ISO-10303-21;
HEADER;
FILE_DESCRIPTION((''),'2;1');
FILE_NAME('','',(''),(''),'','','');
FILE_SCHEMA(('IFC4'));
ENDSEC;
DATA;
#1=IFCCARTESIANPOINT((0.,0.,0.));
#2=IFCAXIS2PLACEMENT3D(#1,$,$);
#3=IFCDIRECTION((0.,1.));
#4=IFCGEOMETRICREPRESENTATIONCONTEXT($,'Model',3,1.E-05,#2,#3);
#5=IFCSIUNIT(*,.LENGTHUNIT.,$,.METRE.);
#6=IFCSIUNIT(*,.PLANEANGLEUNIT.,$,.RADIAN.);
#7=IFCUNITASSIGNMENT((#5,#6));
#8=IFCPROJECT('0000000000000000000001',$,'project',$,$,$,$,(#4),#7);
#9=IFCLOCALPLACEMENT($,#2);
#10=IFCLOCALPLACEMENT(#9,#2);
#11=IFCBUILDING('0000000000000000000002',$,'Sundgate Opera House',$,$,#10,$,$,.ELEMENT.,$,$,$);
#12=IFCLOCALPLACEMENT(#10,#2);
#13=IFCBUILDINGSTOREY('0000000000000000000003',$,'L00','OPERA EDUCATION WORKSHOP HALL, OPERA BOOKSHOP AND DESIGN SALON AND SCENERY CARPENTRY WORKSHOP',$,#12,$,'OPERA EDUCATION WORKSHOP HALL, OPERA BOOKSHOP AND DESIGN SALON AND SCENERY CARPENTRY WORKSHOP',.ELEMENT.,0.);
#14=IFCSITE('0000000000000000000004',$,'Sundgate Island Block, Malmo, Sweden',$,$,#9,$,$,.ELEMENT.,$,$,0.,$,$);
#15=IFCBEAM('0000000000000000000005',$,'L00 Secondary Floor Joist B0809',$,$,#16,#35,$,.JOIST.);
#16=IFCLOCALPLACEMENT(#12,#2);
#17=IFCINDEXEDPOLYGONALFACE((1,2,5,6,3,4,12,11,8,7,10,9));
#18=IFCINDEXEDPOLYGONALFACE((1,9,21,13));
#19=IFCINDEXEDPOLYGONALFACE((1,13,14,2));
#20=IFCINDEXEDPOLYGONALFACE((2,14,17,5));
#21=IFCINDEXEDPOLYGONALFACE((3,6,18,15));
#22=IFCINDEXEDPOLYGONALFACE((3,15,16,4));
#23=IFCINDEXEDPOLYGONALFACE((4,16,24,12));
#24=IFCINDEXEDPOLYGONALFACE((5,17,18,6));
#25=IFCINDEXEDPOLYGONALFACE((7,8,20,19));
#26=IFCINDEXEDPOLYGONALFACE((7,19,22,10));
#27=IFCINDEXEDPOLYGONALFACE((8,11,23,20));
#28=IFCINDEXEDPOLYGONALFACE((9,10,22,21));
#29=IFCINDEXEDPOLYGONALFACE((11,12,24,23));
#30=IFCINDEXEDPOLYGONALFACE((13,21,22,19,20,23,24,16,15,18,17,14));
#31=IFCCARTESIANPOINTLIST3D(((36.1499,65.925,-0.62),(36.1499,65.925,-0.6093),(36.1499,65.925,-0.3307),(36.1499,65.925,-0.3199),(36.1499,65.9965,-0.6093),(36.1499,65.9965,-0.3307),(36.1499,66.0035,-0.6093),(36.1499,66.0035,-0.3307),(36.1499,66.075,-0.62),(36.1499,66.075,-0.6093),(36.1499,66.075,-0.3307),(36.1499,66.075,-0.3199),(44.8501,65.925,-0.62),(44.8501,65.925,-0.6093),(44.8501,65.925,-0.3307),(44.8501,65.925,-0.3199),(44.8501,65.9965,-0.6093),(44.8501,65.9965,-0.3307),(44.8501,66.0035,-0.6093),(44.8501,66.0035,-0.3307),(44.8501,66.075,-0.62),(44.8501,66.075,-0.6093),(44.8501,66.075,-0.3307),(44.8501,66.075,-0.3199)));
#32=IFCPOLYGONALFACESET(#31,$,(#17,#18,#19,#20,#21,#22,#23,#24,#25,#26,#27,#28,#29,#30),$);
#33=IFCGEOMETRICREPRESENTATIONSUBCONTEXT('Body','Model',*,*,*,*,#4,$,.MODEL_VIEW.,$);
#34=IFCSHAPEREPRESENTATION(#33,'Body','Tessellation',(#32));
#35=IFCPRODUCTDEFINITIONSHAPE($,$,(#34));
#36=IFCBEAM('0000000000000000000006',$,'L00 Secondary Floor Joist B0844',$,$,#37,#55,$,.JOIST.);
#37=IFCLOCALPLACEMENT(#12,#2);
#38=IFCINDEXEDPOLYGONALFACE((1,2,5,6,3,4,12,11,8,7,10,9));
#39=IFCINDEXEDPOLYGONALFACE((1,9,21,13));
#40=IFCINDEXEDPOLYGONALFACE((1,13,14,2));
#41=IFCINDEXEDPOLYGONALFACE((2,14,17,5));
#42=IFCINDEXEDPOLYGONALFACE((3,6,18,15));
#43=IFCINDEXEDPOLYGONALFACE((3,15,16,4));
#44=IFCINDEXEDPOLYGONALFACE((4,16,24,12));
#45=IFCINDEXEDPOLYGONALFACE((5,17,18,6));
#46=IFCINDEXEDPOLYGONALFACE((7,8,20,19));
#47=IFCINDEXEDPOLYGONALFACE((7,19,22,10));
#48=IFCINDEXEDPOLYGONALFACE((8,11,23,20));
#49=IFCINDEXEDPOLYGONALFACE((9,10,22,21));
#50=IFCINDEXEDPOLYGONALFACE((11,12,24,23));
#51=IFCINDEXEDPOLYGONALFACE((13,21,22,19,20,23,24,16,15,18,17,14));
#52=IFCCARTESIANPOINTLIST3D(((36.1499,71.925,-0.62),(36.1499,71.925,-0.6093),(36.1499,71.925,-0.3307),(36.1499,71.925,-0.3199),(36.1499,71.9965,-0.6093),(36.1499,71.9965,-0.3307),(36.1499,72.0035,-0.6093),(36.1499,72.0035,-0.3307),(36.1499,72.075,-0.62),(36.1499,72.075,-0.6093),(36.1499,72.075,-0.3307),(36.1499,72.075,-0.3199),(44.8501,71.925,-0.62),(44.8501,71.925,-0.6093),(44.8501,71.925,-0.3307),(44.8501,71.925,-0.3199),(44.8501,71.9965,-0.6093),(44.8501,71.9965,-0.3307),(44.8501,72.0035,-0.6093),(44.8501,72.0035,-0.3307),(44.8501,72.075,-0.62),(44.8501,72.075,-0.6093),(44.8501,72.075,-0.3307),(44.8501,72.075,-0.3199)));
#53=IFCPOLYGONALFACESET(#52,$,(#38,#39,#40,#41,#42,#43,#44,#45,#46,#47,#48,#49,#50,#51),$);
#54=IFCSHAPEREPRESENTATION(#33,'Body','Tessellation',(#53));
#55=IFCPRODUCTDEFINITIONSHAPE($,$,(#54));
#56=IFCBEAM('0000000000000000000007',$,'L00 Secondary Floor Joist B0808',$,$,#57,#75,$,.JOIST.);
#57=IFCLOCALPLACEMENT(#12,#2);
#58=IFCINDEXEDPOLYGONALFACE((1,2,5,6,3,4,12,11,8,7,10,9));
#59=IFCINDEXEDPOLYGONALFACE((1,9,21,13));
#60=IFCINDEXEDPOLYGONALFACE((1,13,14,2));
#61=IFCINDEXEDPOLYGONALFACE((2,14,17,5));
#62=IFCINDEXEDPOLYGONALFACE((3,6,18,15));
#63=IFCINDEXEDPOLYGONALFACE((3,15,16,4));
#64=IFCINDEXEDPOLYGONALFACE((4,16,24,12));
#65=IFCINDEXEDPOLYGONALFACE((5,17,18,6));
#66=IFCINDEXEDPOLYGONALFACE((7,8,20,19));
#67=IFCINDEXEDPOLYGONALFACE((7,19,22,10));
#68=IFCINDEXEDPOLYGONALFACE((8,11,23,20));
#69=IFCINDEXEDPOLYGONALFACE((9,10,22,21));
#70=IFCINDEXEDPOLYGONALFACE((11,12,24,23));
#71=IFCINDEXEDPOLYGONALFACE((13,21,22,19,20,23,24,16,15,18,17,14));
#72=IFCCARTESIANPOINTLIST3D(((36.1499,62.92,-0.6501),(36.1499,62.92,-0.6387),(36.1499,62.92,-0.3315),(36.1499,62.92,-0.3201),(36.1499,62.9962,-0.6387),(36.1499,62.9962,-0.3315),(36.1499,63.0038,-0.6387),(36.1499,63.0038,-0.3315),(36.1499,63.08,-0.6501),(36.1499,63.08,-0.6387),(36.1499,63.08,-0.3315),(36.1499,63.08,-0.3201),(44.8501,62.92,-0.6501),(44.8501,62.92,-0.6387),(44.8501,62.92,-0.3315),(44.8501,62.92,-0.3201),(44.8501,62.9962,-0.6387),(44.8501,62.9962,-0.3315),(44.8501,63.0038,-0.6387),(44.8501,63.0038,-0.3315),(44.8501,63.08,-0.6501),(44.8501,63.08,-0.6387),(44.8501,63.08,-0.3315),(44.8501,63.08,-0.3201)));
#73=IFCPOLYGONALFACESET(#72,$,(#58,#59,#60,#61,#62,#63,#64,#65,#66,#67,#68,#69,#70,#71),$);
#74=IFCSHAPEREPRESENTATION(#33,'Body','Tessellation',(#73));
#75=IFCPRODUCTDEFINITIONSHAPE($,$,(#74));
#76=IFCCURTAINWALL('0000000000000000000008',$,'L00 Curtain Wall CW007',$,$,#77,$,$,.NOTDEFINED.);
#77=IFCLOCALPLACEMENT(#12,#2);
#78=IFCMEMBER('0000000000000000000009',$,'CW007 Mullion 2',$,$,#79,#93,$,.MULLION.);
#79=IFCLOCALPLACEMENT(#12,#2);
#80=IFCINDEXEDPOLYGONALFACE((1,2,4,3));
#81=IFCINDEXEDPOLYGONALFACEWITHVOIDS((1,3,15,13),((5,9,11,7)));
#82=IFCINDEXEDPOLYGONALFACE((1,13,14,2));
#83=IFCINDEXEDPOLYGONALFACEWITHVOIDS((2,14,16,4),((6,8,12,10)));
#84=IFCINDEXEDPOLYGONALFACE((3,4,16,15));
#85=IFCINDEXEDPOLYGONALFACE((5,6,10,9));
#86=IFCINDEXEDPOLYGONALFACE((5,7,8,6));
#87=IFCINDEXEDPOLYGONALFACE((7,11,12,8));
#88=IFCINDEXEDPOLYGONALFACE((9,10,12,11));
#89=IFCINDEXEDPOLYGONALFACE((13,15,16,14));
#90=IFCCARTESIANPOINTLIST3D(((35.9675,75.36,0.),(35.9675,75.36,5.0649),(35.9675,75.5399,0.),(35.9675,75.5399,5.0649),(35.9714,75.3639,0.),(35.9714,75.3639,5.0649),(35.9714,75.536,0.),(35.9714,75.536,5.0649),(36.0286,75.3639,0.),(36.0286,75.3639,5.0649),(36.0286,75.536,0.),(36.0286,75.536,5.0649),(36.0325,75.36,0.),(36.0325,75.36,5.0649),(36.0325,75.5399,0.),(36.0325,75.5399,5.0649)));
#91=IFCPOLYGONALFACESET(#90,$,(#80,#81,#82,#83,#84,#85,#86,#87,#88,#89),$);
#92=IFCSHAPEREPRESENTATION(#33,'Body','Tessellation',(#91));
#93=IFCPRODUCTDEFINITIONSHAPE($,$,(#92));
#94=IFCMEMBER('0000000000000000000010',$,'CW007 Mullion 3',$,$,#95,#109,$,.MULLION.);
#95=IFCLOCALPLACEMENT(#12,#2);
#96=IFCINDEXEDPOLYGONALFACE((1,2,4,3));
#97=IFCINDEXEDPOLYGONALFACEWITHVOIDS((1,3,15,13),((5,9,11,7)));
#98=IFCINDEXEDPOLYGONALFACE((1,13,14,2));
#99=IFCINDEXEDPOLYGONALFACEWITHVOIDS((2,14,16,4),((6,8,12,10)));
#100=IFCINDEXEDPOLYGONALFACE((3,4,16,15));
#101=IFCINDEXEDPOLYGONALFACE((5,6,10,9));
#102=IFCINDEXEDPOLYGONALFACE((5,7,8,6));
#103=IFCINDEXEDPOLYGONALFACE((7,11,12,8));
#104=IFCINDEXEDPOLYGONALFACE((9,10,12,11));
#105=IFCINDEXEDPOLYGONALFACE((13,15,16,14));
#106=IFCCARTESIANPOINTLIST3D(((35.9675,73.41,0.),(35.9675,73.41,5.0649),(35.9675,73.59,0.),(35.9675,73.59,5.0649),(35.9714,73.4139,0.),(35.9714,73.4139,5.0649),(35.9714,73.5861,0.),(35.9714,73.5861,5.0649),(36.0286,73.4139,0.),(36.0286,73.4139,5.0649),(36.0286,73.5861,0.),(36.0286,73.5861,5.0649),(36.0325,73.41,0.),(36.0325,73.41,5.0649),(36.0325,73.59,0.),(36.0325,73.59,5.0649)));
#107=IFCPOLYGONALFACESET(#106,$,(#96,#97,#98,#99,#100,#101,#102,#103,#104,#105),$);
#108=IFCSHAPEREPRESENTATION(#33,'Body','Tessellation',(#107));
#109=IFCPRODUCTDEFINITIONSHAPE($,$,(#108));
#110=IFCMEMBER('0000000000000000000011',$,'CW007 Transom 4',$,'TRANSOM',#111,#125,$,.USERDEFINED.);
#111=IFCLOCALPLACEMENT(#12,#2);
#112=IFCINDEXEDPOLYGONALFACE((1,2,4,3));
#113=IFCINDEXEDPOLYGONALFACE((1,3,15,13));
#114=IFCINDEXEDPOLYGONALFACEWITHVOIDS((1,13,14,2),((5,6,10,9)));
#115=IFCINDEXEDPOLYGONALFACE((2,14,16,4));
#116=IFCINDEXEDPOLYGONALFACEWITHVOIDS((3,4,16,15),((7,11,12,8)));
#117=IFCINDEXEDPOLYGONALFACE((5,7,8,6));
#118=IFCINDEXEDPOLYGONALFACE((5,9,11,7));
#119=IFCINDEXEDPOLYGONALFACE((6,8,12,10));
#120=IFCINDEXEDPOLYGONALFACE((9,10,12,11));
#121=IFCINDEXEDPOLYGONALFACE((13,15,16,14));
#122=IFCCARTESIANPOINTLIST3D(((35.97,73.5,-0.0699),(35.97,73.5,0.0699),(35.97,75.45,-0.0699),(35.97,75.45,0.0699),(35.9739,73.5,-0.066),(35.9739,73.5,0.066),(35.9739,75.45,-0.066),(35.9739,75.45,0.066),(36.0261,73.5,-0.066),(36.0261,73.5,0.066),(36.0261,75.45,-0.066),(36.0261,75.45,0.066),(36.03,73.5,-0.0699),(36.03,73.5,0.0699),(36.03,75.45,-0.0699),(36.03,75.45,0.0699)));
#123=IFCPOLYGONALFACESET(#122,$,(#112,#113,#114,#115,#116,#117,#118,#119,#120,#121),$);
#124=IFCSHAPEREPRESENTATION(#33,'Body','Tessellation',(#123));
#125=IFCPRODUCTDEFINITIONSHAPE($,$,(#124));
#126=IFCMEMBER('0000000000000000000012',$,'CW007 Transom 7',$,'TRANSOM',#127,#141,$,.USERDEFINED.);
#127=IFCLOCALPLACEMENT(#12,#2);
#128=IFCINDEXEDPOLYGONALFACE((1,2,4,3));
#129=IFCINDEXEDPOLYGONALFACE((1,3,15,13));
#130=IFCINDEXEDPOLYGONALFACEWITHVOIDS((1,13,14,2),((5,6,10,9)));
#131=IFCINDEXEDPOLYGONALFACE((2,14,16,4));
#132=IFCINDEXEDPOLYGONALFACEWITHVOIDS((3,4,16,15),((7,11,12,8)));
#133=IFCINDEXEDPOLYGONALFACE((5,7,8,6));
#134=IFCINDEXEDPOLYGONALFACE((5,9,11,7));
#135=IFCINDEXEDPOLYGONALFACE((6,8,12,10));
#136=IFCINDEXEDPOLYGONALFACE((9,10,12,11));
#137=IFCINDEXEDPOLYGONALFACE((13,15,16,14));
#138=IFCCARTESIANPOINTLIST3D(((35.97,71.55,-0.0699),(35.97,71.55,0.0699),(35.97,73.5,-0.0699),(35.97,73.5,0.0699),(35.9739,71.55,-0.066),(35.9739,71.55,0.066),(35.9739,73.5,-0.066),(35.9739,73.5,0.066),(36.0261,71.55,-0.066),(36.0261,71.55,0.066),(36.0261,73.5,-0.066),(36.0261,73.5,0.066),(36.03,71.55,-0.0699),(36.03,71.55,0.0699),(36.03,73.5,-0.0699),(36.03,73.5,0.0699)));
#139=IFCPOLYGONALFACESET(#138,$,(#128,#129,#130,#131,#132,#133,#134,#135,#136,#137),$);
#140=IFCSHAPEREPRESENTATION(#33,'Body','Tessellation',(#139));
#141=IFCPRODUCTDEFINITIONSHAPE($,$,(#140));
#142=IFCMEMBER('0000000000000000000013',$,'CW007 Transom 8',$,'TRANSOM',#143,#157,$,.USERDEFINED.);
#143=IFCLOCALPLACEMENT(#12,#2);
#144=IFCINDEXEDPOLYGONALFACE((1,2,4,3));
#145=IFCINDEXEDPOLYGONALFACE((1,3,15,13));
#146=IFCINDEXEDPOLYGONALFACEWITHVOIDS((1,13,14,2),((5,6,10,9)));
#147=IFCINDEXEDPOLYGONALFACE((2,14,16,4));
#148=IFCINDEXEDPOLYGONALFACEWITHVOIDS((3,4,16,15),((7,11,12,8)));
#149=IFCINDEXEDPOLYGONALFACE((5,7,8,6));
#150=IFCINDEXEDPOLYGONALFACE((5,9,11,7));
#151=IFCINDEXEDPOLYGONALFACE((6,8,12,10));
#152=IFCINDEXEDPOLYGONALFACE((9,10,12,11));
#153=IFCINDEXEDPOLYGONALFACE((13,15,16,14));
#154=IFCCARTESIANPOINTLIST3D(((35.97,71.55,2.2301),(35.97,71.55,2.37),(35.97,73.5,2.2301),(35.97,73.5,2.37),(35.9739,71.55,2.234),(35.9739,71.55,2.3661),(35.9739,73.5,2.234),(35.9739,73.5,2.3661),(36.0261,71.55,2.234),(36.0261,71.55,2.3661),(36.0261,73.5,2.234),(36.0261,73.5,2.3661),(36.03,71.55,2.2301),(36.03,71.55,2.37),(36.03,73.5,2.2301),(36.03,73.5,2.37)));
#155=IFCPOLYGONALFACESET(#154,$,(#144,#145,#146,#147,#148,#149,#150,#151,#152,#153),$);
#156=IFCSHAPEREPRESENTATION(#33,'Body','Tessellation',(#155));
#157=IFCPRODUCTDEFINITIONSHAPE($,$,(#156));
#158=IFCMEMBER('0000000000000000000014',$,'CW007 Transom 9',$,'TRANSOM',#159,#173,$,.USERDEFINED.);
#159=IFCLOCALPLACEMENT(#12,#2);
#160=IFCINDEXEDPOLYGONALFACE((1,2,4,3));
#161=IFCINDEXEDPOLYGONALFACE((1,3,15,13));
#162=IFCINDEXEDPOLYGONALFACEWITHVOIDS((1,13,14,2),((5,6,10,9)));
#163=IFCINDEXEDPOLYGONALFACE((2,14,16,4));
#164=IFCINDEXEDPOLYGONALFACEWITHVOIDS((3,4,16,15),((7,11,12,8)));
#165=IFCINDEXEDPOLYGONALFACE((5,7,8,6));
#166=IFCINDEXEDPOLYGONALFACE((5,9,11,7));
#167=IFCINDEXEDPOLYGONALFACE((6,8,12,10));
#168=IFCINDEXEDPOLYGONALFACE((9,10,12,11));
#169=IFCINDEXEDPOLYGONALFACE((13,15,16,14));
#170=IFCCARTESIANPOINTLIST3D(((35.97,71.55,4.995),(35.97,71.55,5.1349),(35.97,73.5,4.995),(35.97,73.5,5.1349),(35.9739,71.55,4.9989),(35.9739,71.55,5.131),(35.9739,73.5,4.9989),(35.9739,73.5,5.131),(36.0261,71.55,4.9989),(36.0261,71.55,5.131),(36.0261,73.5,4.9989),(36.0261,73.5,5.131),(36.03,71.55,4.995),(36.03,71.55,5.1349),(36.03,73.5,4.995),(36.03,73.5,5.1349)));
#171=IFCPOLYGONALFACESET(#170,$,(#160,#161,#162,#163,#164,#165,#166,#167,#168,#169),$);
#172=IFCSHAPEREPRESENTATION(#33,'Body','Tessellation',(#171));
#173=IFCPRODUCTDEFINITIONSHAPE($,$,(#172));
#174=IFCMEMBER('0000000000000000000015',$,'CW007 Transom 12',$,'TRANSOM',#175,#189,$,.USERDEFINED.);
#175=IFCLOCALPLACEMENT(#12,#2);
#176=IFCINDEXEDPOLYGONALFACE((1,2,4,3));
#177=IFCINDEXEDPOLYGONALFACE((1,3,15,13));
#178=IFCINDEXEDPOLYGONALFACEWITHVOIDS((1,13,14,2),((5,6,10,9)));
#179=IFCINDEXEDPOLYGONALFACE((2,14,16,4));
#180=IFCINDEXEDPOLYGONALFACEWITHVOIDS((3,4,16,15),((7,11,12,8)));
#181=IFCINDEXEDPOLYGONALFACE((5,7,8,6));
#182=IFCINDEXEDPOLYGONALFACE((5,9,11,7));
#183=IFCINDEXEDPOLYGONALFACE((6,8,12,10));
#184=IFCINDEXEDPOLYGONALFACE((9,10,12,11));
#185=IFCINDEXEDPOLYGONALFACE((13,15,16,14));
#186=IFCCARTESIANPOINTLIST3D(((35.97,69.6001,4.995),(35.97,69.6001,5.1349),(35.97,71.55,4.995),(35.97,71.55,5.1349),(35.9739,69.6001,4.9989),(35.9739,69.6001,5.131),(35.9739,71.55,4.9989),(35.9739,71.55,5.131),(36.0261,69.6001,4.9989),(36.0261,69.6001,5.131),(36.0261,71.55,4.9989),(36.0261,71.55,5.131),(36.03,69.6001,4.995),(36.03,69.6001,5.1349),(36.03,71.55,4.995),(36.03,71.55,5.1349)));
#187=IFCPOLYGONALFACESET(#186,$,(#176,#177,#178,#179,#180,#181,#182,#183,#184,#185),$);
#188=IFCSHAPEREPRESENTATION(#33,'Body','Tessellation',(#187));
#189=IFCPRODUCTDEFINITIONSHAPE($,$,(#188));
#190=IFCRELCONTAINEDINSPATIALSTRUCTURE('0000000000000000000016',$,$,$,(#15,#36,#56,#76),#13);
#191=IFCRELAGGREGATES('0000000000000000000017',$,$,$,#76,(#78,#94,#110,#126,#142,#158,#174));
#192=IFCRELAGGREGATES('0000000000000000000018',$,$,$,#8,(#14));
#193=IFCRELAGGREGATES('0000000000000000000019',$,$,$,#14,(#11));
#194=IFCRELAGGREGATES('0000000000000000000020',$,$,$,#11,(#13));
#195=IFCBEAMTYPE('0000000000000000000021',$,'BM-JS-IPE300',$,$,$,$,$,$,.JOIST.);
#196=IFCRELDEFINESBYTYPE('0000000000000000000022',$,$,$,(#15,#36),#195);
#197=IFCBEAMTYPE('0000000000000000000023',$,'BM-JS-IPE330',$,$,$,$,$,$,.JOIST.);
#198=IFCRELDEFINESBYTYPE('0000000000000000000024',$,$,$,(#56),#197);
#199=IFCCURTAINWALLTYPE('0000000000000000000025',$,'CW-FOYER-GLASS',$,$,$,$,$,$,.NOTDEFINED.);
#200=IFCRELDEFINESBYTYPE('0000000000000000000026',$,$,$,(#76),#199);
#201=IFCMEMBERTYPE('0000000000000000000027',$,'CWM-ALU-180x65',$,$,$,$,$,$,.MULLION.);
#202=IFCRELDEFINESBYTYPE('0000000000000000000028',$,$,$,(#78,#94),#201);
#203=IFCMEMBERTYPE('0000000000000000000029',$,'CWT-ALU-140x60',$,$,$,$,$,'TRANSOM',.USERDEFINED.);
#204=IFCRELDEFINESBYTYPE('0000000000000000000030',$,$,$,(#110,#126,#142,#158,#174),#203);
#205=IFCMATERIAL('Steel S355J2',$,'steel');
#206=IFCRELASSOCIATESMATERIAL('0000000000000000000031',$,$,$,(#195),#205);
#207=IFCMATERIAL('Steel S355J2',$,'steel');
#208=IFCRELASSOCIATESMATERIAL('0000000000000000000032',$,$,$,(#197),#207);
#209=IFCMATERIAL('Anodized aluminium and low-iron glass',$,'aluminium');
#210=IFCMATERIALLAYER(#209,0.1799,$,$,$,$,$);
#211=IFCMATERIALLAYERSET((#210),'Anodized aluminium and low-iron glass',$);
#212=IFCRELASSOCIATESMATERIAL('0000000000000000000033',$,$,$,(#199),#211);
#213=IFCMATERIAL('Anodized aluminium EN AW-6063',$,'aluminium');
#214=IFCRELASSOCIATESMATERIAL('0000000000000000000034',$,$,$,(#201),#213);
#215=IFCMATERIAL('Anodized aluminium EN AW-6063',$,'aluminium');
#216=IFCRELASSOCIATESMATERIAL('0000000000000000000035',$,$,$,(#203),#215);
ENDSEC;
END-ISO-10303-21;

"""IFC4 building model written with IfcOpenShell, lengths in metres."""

from ifc_helpers import new_model, si_unit, direction, frame, origin, origin_2d, place, context, subcontext, project, spatial, hollow_rectangle, i_section, extrude, material, layer, layer_set, material_profile, profile_set, type_object, element, aggregate, save


model = new_model("IFC4")

# Units and contexts
model_context = context("Model", 3, precision=1e-05, world=origin(), true_north=direction((0.0, 1.0)))
body_context = subcontext(model_context, "Body", "Model", "MODEL_VIEW")
ifc_project = project(units=[si_unit("LENGTHUNIT", "METRE"), si_unit("PLANEANGLEUNIT", "RADIAN")], contexts=[model_context])

# Site, building, storey
site_placement = place(None, origin())
site = spatial("IfcSite", under=ifc_project, at=site_placement, Name="Sundgate Island Block, Malmo, Sweden", CompositionType="ELEMENT", RefElevation=0.0)
building_placement = place(site_placement, origin())
building = spatial("IfcBuilding", under=site, at=building_placement, Name="Sundgate Opera House", CompositionType="ELEMENT")
storey_placement = place(building_placement, origin())
storey = spatial("IfcBuildingStorey", under=building, at=storey_placement, Name="L00", Description="OPERA EDUCATION WORKSHOP HALL, OPERA BOOKSHOP AND DESIGN SALON AND SCENERY CARPENTRY WORKSHOP", LongName="OPERA EDUCATION WORKSHOP HALL, OPERA BOOKSHOP AND DESIGN SALON AND SCENERY CARPENTRY WORKSHOP", CompositionType="ELEMENT", Elevation=0.0)

# Beams
ifc_material_1 = material(Name="Steel S355J2", Category="steel")
ifc_material_profile_1 = material_profile(ifc_material_1, i_section(OverallWidth=0.1499, OverallDepth=0.3, WebThickness=0.0071, FlangeThickness=0.0107, at=origin_2d()), Name="IPE 300")
ifc_profile_set_1 = profile_set([ifc_material_profile_1], Name="Steel S355J2")
beam_type_1 = type_object("IfcBeamType", Name="BM-JS-IPE300", PredefinedType="JOIST", material=ifc_profile_set_1)
for number, where, z_axis, x_axis, name in (
    (1, (36.1499, 66.0, -0.47), (1.0, 0.0, 0.0), (0.0, 1.0, 0.0), "L00 Secondary Floor Joist B0809"),
    (2, (36.1499, 72.0, -0.47), (1.0, 0.0, 0.0), (0.0, 1.0, 0.0), "L00 Secondary Floor Joist B0844"),
):
    element("IfcBeam", number, at=place(storey_placement, frame(where, z_axis=z_axis, x_axis=x_axis)), inside=storey, type_object=beam_type_1, Name=name, PredefinedType="JOIST", context=body_context, shape_type="SweptSolid", body=[
        extrude(i_section(OverallWidth=0.1499, OverallDepth=0.3, WebThickness=0.0071, FlangeThickness=0.0107, at=origin_2d()), origin(), (0.0, 0.0, 1.0), 8.7002),
    ])
ifc_material_2 = material(Name="Steel S355J2", Category="steel")
ifc_material_profile_2 = material_profile(ifc_material_2, i_section(OverallWidth=0.1599, OverallDepth=0.3301, WebThickness=0.0076, FlangeThickness=0.0115, at=origin_2d()), Name="IPE 330")
ifc_profile_set_2 = profile_set([ifc_material_profile_2], Name="Steel S355J2")
beam_type_2 = type_object("IfcBeamType", Name="BM-JS-IPE330", PredefinedType="JOIST", material=ifc_profile_set_2)
beam_placement = place(storey_placement, frame((36.1499, 63.0, -0.4851), z_axis=(1.0, 0.0, 0.0), x_axis=(0.0, 1.0, 0.0)))
element("IfcBeam", 3, at=beam_placement, inside=storey, type_object=beam_type_2, Name="L00 Secondary Floor Joist B0808", PredefinedType="JOIST", context=body_context, shape_type="SweptSolid", body=[
    extrude(i_section(OverallWidth=0.1599, OverallDepth=0.3301, WebThickness=0.0076, FlangeThickness=0.0115, at=origin_2d()), origin(), (0.0, 0.0, 1.0), 8.7002),
])

# Curtain wall, members
ifc_material_3 = material(Name="Anodized aluminium and low-iron glass", Category="aluminium")
ifc_layer_1 = layer(ifc_material_3, 0.1799)
ifc_layer_set_1 = layer_set([ifc_layer_1], Name="Anodized aluminium and low-iron glass")
curtain_wall_type = type_object("IfcCurtainWallType", Name="CW-FOYER-GLASS", PredefinedType="NOTDEFINED", material=ifc_layer_set_1)
curtain_wall_placement = place(storey_placement, origin())
curtain_wall = element("IfcCurtainWall", 4, at=curtain_wall_placement, inside=storey, type_object=curtain_wall_type, Name="L00 Curtain Wall CW007", PredefinedType="NOTDEFINED")
ifc_material_4 = material(Name="Anodized aluminium EN AW-6063", Category="aluminium")
ifc_material_profile_3 = material_profile(ifc_material_4, hollow_rectangle(XDim=0.0649, YDim=0.1799, WallThickness=0.0039, at=origin_2d()), Name="CWM 180x65x4")
ifc_profile_set_3 = profile_set([ifc_material_profile_3], Name="Anodized aluminium EN AW-6063")
member_type_1 = type_object("IfcMemberType", Name="CWM-ALU-180x65", PredefinedType="MULLION", material=ifc_profile_set_3)
member_1_placement = place(storey_placement, frame((36.0, 75.45, 0.0), z_axis=(0.0, 0.0, 1.0), x_axis=(1.0, 0.0, 0.0)))
member_1 = element("IfcMember", 5, at=member_1_placement, type_object=member_type_1, Name="CW007 Mullion 2", PredefinedType="MULLION", context=body_context, shape_type="SweptSolid", body=[
    extrude(hollow_rectangle(XDim=0.0649, YDim=0.1799, WallThickness=0.0039, at=origin_2d()), origin(), (0.0, 0.0, 1.0), 5.0649),
])
member_2_placement = place(storey_placement, frame((36.0, 73.5, 0.0), z_axis=(0.0, 0.0, 1.0), x_axis=(1.0, 0.0, 0.0)))
member_2 = element("IfcMember", 6, at=member_2_placement, type_object=member_type_1, Name="CW007 Mullion 3", PredefinedType="MULLION", context=body_context, shape_type="SweptSolid", body=[
    extrude(hollow_rectangle(XDim=0.0649, YDim=0.1799, WallThickness=0.0039, at=origin_2d()), origin(), (0.0, 0.0, 1.0), 5.0649),
])
ifc_material_5 = material(Name="Anodized aluminium EN AW-6063", Category="aluminium")
ifc_material_profile_4 = material_profile(ifc_material_5, hollow_rectangle(XDim=0.0601, YDim=0.1399, WallThickness=0.0039, at=origin_2d()), Name="CWT 140x60x4")
ifc_profile_set_4 = profile_set([ifc_material_profile_4], Name="Anodized aluminium EN AW-6063")
member_type_2 = type_object("IfcMemberType", Name="CWT-ALU-140x60", ElementType="TRANSOM", PredefinedType="USERDEFINED", material=ifc_profile_set_4)
member_3_placement = place(storey_placement, frame((36.0, 75.45, 0.0), z_axis=(0.0, -1.0, 0.0), x_axis=(1.0, 0.0, 0.0)))
member_3 = element("IfcMember", 7, at=member_3_placement, type_object=member_type_2, Name="CW007 Transom 4", ObjectType="TRANSOM", PredefinedType="USERDEFINED", context=body_context, shape_type="SweptSolid", body=[
    extrude(hollow_rectangle(XDim=0.0601, YDim=0.1399, WallThickness=0.0039, at=origin_2d()), origin(), (0.0, 0.0, 1.0), 1.95),
])
member_4_placement = place(storey_placement, frame((36.0, 73.5, 0.0), z_axis=(0.0, -1.0, 0.0), x_axis=(1.0, 0.0, 0.0)))
member_4 = element("IfcMember", 8, at=member_4_placement, type_object=member_type_2, Name="CW007 Transom 7", ObjectType="TRANSOM", PredefinedType="USERDEFINED", context=body_context, shape_type="SweptSolid", body=[
    extrude(hollow_rectangle(XDim=0.0601, YDim=0.1399, WallThickness=0.0039, at=origin_2d()), origin(), (0.0, 0.0, 1.0), 1.95),
])
member_5_placement = place(storey_placement, frame((36.0, 73.5, 2.3), z_axis=(0.0, -1.0, 0.0), x_axis=(1.0, 0.0, 0.0)))
member_5 = element("IfcMember", 9, at=member_5_placement, type_object=member_type_2, Name="CW007 Transom 8", ObjectType="TRANSOM", PredefinedType="USERDEFINED", context=body_context, shape_type="SweptSolid", body=[
    extrude(hollow_rectangle(XDim=0.0601, YDim=0.1399, WallThickness=0.0039, at=origin_2d()), origin(), (0.0, 0.0, 1.0), 1.95),
])
member_6_placement = place(storey_placement, frame((36.0, 73.5, 5.0649), z_axis=(0.0, -1.0, 0.0), x_axis=(1.0, 0.0, 0.0)))
member_6 = element("IfcMember", 10, at=member_6_placement, type_object=member_type_2, Name="CW007 Transom 9", ObjectType="TRANSOM", PredefinedType="USERDEFINED", context=body_context, shape_type="SweptSolid", body=[
    extrude(hollow_rectangle(XDim=0.0601, YDim=0.1399, WallThickness=0.0039, at=origin_2d()), origin(), (0.0, 0.0, 1.0), 1.95),
])
member_7_placement = place(storey_placement, frame((36.0, 71.55, 5.0649), z_axis=(0.0, -1.0, 0.0), x_axis=(1.0, 0.0, 0.0)))
member_7 = element("IfcMember", 11, at=member_7_placement, type_object=member_type_2, Name="CW007 Transom 12", ObjectType="TRANSOM", PredefinedType="USERDEFINED", context=body_context, shape_type="SweptSolid", body=[
    extrude(hollow_rectangle(XDim=0.0601, YDim=0.1399, WallThickness=0.0039, at=origin_2d()), origin(), (0.0, 0.0, 1.0), 1.95),
])
aggregate(curtain_wall, [member_1, member_2, member_3, member_4, member_5, member_6, member_7])

save(model, "model.ifc")
